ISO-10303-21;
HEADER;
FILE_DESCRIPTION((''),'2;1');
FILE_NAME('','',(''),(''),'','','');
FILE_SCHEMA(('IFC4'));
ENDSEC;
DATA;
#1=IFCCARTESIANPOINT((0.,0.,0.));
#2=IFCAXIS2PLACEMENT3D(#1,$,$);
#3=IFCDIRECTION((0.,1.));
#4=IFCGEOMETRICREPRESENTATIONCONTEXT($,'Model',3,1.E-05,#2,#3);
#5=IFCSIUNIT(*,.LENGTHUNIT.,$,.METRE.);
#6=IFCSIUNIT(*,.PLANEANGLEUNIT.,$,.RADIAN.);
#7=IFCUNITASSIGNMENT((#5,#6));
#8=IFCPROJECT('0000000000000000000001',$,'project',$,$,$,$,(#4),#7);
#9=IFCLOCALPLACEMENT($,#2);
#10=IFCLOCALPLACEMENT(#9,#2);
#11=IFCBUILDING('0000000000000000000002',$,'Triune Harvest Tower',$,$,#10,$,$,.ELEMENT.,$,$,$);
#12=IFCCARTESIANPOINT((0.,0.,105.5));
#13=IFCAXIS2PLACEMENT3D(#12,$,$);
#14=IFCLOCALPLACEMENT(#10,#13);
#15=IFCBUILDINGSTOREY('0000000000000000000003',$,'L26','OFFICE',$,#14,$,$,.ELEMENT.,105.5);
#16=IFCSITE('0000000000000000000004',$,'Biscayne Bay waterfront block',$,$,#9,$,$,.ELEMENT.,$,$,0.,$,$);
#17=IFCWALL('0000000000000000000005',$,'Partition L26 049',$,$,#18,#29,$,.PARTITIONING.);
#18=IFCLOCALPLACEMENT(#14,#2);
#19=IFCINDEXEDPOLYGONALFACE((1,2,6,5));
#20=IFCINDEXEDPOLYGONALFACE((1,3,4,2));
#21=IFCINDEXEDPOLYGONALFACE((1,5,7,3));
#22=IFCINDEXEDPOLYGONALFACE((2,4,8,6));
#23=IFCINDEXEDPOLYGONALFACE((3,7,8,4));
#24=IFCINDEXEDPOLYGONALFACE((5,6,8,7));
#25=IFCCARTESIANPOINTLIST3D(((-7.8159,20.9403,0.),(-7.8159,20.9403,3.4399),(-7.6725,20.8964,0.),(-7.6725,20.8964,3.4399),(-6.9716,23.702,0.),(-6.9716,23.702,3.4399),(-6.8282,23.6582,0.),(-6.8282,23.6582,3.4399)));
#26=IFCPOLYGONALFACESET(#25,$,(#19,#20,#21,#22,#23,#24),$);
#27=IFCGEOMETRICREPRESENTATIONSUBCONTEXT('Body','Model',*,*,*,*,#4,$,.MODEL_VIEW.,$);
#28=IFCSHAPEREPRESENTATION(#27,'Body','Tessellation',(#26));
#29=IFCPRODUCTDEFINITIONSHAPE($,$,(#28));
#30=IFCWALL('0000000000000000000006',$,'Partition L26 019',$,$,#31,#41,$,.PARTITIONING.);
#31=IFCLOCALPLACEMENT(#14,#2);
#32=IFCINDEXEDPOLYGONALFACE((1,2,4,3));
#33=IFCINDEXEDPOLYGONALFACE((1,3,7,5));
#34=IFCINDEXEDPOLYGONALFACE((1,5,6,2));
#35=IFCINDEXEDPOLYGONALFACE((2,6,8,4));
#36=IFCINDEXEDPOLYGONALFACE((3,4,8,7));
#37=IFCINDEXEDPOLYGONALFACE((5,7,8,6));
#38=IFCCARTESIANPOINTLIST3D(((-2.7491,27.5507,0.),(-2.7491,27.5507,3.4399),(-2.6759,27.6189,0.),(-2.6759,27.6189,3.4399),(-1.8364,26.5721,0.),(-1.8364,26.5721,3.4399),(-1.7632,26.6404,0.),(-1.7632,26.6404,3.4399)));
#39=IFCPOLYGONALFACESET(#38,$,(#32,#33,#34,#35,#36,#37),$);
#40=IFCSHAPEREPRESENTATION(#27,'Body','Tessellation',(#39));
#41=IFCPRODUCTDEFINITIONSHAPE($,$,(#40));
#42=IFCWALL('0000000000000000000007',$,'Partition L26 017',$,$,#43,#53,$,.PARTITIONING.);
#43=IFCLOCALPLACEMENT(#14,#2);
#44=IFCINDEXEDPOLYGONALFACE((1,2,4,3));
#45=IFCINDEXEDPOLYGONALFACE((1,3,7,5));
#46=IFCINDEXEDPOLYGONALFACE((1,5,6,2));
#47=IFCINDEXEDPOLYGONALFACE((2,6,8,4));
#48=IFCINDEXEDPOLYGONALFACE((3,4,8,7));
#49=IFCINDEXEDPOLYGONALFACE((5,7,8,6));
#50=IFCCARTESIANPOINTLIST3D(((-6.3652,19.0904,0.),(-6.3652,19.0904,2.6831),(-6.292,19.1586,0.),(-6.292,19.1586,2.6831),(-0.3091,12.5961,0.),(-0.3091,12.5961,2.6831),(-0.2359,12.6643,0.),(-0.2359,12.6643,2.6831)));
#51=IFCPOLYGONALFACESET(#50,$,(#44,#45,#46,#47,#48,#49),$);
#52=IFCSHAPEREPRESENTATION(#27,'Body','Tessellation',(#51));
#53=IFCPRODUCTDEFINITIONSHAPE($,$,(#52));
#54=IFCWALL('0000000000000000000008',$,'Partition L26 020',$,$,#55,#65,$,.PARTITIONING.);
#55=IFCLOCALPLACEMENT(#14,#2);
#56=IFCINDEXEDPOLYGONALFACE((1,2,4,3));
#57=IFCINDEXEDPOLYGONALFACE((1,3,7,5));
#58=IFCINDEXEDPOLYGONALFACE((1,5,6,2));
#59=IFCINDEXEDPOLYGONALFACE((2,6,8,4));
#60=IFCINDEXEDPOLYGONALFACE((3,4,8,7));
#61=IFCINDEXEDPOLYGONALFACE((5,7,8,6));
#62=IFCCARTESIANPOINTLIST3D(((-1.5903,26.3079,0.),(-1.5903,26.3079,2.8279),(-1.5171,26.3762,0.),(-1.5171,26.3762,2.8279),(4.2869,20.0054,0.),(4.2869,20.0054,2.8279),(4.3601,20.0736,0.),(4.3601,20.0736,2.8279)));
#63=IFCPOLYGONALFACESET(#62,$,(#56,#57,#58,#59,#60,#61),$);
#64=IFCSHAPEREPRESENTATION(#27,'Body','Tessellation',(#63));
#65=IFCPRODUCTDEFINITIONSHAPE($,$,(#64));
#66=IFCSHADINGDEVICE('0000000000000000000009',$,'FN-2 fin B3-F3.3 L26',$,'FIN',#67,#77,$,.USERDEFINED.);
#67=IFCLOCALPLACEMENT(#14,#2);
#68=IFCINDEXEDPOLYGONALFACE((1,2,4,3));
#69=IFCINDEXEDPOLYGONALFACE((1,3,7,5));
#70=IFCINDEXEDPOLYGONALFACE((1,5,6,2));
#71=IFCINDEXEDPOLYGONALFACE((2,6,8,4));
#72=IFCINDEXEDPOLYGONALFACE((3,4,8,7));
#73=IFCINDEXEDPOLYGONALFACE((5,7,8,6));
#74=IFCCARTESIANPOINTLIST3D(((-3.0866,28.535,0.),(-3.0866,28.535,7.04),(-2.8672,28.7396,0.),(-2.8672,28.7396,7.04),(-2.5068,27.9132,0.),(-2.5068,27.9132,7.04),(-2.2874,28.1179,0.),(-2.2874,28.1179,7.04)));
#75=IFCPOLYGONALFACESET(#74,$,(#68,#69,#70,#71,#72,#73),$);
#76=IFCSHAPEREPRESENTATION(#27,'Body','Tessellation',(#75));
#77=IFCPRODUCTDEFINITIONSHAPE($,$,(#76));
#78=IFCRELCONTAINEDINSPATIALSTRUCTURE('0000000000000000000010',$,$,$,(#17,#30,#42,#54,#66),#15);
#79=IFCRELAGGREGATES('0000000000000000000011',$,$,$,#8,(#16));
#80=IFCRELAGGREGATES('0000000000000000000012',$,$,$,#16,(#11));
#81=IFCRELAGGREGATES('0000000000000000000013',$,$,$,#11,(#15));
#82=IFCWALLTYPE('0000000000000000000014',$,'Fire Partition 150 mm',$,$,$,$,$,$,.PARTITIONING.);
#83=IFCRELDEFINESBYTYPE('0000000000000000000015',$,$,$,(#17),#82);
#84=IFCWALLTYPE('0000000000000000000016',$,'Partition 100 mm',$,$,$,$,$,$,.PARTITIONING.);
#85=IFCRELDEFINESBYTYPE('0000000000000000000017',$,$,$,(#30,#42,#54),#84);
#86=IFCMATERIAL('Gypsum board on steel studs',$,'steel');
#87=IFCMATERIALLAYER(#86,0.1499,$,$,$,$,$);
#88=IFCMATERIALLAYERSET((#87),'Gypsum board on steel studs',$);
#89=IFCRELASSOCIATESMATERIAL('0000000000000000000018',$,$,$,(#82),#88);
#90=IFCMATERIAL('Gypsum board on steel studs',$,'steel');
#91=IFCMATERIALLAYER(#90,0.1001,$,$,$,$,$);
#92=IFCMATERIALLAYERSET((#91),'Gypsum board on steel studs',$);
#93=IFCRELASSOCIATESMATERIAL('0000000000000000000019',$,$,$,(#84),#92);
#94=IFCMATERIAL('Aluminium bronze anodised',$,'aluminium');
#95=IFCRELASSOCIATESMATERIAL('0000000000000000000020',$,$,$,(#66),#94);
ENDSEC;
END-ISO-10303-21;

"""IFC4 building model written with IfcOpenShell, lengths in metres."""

from ifc_helpers import new_model, si_unit, direction, frame, frame_2d, origin, origin_2d, place, context, subcontext, project, spatial, rectangle, extrude, source, transform, mapped, material, layer, layer_set, type_object, element, save


model = new_model("IFC4")

# Units and contexts
model_context = context("Model", 3, precision=1e-05, world=origin(), true_north=direction((0.0, 1.0)))
body_context = subcontext(model_context, "Body", "Model", "MODEL_VIEW")
ifc_project = project(units=[si_unit("LENGTHUNIT", "METRE"), si_unit("PLANEANGLEUNIT", "RADIAN")], contexts=[model_context])

# Site, building, storey
site_placement = place(None, origin())
site = spatial("IfcSite", under=ifc_project, at=site_placement, Name="Biscayne Bay waterfront block", CompositionType="ELEMENT", RefElevation=0.0)
building_placement = place(site_placement, origin())
building = spatial("IfcBuilding", under=site, at=building_placement, Name="Triune Harvest Tower", CompositionType="ELEMENT")
storey_placement = place(building_placement, frame((0.0, 0.0, 105.5)))
storey = spatial("IfcBuildingStorey", under=building, at=storey_placement, Name="L26", Description="OFFICE", CompositionType="ELEMENT", Elevation=105.5)

# Shared definitions
ifc_material_1 = material(Name="Gypsum board on steel studs", Category="steel")
ifc_layer_1 = layer(ifc_material_1, 0.1499)
ifc_layer_set_1 = layer_set([ifc_layer_1], Name="Gypsum board on steel studs")
wall_type_1 = type_object("IfcWallType", Name="Fire Partition 150 mm", PredefinedType="PARTITIONING", material=ifc_layer_set_1)

# Walls
ifc_material_2 = material(Name="Gypsum board on steel studs", Category="steel")
ifc_layer_2 = layer(ifc_material_2, 0.1001)
ifc_layer_set_2 = layer_set([ifc_layer_2], Name="Gypsum board on steel studs")
wall_type_2 = type_object("IfcWallType", Name="Partition 100 mm", PredefinedType="PARTITIONING", material=ifc_layer_set_2)
shared_shape_1 = source(origin(), body_context, "Body", "SweptSolid", [
    extrude(rectangle(XDim=2.8879, YDim=0.1499, at=frame_2d((1.4438, 0.0))), origin(), (0.0, 0.0, 1.0), 3.4399),
])
wall_1_placement = place(storey_placement, frame((-7.7441, 20.9185, 0.0), z_axis=(0.0, 0.0, 1.0), x_axis=(0.292339, 0.956315, 0.0)))
element("IfcWall", 1, at=wall_1_placement, inside=storey, type_object=wall_type_1, Name="Partition L26 049", PredefinedType="PARTITIONING", context=body_context, shape_type="MappedRepresentation", body=[
    mapped(shared_shape_1, transform((0.0, 0.0, 0.0), scale=1.0)),
])
shared_shape_2 = source(origin(), body_context, "Body", "SweptSolid", [
    extrude(rectangle(XDim=1.3381, YDim=0.1001, at=frame_2d((0.6689, 0.0))), origin(), (0.0, 0.0, 1.0), 3.4399),
])
wall_2_placement = place(storey_placement, frame((-2.7124, 27.5847, 0.0), z_axis=(0.0, 0.0, 1.0), x_axis=(0.682045, -0.73131, 0.0)))
element("IfcWall", 2, at=wall_2_placement, inside=storey, type_object=wall_type_2, Name="Partition L26 019", PredefinedType="PARTITIONING", context=body_context, shape_type="MappedRepresentation", body=[
    mapped(shared_shape_2, transform((0.0, 0.0, 0.0), scale=1.0)),
])
shared_shape_3 = source(origin(), body_context, "Body", "SweptSolid", [
    extrude(rectangle(XDim=8.8799, YDim=0.1001, at=frame_2d((4.4399, 0.0))), origin(), (0.0, 0.0, 1.0), 2.6831),
])
wall_3_placement = place(storey_placement, frame((-6.3286, 19.1245, 0.0), z_axis=(0.0, 0.0, 1.0), x_axis=(0.682001, -0.731351, 0.0)))
element("IfcWall", 3, at=wall_3_placement, inside=storey, type_object=wall_type_2, Name="Partition L26 017", PredefinedType="PARTITIONING", context=body_context, shape_type="MappedRepresentation", body=[
    mapped(shared_shape_3, transform((0.0, 0.0, 0.0), scale=1.0)),
])
shared_shape_4 = source(origin(), body_context, "Body", "SweptSolid", [
    extrude(rectangle(XDim=8.6177, YDim=0.1001, at=frame_2d((4.3088, 0.0))), origin(), (0.0, 0.0, 1.0), 2.8279),
])
wall_4_placement = place(storey_placement, frame((-1.5537, 26.342, 0.0), z_axis=(0.0, 0.0, 1.0), x_axis=(0.682, -0.731352, 0.0)))
element("IfcWall", 4, at=wall_4_placement, inside=storey, type_object=wall_type_2, Name="Partition L26 020", PredefinedType="PARTITIONING", context=body_context, shape_type="MappedRepresentation", body=[
    mapped(shared_shape_4, transform((0.0, 0.0, 0.0), scale=1.0)),
])

# Shading device
ifc_material_3 = material(Name="Aluminium bronze anodised", Category="aluminium")
shared_shape_5 = source(origin(), body_context, "Body", "SweptSolid", [
    extrude(rectangle(XDim=0.3, YDim=0.8501, at=origin_2d()), origin(), (0.0, 0.0, 1.0), 7.04),
])
shading_device_placement = place(storey_placement, frame((-2.687, 28.3264, 0.0), z_axis=(0.0, 0.0, 1.0), x_axis=(-0.731353, -0.681999, 0.0)))
element("IfcShadingDevice", 5, at=shading_device_placement, inside=storey, material=ifc_material_3, Name="FN-2 fin B3-F3.3 L26", ObjectType="FIN", PredefinedType="USERDEFINED", context=body_context, shape_type="MappedRepresentation", body=[
    mapped(shared_shape_5, transform((0.0, 0.0, 0.0), scale=1.0)),
])

save(model, "model.ifc")
